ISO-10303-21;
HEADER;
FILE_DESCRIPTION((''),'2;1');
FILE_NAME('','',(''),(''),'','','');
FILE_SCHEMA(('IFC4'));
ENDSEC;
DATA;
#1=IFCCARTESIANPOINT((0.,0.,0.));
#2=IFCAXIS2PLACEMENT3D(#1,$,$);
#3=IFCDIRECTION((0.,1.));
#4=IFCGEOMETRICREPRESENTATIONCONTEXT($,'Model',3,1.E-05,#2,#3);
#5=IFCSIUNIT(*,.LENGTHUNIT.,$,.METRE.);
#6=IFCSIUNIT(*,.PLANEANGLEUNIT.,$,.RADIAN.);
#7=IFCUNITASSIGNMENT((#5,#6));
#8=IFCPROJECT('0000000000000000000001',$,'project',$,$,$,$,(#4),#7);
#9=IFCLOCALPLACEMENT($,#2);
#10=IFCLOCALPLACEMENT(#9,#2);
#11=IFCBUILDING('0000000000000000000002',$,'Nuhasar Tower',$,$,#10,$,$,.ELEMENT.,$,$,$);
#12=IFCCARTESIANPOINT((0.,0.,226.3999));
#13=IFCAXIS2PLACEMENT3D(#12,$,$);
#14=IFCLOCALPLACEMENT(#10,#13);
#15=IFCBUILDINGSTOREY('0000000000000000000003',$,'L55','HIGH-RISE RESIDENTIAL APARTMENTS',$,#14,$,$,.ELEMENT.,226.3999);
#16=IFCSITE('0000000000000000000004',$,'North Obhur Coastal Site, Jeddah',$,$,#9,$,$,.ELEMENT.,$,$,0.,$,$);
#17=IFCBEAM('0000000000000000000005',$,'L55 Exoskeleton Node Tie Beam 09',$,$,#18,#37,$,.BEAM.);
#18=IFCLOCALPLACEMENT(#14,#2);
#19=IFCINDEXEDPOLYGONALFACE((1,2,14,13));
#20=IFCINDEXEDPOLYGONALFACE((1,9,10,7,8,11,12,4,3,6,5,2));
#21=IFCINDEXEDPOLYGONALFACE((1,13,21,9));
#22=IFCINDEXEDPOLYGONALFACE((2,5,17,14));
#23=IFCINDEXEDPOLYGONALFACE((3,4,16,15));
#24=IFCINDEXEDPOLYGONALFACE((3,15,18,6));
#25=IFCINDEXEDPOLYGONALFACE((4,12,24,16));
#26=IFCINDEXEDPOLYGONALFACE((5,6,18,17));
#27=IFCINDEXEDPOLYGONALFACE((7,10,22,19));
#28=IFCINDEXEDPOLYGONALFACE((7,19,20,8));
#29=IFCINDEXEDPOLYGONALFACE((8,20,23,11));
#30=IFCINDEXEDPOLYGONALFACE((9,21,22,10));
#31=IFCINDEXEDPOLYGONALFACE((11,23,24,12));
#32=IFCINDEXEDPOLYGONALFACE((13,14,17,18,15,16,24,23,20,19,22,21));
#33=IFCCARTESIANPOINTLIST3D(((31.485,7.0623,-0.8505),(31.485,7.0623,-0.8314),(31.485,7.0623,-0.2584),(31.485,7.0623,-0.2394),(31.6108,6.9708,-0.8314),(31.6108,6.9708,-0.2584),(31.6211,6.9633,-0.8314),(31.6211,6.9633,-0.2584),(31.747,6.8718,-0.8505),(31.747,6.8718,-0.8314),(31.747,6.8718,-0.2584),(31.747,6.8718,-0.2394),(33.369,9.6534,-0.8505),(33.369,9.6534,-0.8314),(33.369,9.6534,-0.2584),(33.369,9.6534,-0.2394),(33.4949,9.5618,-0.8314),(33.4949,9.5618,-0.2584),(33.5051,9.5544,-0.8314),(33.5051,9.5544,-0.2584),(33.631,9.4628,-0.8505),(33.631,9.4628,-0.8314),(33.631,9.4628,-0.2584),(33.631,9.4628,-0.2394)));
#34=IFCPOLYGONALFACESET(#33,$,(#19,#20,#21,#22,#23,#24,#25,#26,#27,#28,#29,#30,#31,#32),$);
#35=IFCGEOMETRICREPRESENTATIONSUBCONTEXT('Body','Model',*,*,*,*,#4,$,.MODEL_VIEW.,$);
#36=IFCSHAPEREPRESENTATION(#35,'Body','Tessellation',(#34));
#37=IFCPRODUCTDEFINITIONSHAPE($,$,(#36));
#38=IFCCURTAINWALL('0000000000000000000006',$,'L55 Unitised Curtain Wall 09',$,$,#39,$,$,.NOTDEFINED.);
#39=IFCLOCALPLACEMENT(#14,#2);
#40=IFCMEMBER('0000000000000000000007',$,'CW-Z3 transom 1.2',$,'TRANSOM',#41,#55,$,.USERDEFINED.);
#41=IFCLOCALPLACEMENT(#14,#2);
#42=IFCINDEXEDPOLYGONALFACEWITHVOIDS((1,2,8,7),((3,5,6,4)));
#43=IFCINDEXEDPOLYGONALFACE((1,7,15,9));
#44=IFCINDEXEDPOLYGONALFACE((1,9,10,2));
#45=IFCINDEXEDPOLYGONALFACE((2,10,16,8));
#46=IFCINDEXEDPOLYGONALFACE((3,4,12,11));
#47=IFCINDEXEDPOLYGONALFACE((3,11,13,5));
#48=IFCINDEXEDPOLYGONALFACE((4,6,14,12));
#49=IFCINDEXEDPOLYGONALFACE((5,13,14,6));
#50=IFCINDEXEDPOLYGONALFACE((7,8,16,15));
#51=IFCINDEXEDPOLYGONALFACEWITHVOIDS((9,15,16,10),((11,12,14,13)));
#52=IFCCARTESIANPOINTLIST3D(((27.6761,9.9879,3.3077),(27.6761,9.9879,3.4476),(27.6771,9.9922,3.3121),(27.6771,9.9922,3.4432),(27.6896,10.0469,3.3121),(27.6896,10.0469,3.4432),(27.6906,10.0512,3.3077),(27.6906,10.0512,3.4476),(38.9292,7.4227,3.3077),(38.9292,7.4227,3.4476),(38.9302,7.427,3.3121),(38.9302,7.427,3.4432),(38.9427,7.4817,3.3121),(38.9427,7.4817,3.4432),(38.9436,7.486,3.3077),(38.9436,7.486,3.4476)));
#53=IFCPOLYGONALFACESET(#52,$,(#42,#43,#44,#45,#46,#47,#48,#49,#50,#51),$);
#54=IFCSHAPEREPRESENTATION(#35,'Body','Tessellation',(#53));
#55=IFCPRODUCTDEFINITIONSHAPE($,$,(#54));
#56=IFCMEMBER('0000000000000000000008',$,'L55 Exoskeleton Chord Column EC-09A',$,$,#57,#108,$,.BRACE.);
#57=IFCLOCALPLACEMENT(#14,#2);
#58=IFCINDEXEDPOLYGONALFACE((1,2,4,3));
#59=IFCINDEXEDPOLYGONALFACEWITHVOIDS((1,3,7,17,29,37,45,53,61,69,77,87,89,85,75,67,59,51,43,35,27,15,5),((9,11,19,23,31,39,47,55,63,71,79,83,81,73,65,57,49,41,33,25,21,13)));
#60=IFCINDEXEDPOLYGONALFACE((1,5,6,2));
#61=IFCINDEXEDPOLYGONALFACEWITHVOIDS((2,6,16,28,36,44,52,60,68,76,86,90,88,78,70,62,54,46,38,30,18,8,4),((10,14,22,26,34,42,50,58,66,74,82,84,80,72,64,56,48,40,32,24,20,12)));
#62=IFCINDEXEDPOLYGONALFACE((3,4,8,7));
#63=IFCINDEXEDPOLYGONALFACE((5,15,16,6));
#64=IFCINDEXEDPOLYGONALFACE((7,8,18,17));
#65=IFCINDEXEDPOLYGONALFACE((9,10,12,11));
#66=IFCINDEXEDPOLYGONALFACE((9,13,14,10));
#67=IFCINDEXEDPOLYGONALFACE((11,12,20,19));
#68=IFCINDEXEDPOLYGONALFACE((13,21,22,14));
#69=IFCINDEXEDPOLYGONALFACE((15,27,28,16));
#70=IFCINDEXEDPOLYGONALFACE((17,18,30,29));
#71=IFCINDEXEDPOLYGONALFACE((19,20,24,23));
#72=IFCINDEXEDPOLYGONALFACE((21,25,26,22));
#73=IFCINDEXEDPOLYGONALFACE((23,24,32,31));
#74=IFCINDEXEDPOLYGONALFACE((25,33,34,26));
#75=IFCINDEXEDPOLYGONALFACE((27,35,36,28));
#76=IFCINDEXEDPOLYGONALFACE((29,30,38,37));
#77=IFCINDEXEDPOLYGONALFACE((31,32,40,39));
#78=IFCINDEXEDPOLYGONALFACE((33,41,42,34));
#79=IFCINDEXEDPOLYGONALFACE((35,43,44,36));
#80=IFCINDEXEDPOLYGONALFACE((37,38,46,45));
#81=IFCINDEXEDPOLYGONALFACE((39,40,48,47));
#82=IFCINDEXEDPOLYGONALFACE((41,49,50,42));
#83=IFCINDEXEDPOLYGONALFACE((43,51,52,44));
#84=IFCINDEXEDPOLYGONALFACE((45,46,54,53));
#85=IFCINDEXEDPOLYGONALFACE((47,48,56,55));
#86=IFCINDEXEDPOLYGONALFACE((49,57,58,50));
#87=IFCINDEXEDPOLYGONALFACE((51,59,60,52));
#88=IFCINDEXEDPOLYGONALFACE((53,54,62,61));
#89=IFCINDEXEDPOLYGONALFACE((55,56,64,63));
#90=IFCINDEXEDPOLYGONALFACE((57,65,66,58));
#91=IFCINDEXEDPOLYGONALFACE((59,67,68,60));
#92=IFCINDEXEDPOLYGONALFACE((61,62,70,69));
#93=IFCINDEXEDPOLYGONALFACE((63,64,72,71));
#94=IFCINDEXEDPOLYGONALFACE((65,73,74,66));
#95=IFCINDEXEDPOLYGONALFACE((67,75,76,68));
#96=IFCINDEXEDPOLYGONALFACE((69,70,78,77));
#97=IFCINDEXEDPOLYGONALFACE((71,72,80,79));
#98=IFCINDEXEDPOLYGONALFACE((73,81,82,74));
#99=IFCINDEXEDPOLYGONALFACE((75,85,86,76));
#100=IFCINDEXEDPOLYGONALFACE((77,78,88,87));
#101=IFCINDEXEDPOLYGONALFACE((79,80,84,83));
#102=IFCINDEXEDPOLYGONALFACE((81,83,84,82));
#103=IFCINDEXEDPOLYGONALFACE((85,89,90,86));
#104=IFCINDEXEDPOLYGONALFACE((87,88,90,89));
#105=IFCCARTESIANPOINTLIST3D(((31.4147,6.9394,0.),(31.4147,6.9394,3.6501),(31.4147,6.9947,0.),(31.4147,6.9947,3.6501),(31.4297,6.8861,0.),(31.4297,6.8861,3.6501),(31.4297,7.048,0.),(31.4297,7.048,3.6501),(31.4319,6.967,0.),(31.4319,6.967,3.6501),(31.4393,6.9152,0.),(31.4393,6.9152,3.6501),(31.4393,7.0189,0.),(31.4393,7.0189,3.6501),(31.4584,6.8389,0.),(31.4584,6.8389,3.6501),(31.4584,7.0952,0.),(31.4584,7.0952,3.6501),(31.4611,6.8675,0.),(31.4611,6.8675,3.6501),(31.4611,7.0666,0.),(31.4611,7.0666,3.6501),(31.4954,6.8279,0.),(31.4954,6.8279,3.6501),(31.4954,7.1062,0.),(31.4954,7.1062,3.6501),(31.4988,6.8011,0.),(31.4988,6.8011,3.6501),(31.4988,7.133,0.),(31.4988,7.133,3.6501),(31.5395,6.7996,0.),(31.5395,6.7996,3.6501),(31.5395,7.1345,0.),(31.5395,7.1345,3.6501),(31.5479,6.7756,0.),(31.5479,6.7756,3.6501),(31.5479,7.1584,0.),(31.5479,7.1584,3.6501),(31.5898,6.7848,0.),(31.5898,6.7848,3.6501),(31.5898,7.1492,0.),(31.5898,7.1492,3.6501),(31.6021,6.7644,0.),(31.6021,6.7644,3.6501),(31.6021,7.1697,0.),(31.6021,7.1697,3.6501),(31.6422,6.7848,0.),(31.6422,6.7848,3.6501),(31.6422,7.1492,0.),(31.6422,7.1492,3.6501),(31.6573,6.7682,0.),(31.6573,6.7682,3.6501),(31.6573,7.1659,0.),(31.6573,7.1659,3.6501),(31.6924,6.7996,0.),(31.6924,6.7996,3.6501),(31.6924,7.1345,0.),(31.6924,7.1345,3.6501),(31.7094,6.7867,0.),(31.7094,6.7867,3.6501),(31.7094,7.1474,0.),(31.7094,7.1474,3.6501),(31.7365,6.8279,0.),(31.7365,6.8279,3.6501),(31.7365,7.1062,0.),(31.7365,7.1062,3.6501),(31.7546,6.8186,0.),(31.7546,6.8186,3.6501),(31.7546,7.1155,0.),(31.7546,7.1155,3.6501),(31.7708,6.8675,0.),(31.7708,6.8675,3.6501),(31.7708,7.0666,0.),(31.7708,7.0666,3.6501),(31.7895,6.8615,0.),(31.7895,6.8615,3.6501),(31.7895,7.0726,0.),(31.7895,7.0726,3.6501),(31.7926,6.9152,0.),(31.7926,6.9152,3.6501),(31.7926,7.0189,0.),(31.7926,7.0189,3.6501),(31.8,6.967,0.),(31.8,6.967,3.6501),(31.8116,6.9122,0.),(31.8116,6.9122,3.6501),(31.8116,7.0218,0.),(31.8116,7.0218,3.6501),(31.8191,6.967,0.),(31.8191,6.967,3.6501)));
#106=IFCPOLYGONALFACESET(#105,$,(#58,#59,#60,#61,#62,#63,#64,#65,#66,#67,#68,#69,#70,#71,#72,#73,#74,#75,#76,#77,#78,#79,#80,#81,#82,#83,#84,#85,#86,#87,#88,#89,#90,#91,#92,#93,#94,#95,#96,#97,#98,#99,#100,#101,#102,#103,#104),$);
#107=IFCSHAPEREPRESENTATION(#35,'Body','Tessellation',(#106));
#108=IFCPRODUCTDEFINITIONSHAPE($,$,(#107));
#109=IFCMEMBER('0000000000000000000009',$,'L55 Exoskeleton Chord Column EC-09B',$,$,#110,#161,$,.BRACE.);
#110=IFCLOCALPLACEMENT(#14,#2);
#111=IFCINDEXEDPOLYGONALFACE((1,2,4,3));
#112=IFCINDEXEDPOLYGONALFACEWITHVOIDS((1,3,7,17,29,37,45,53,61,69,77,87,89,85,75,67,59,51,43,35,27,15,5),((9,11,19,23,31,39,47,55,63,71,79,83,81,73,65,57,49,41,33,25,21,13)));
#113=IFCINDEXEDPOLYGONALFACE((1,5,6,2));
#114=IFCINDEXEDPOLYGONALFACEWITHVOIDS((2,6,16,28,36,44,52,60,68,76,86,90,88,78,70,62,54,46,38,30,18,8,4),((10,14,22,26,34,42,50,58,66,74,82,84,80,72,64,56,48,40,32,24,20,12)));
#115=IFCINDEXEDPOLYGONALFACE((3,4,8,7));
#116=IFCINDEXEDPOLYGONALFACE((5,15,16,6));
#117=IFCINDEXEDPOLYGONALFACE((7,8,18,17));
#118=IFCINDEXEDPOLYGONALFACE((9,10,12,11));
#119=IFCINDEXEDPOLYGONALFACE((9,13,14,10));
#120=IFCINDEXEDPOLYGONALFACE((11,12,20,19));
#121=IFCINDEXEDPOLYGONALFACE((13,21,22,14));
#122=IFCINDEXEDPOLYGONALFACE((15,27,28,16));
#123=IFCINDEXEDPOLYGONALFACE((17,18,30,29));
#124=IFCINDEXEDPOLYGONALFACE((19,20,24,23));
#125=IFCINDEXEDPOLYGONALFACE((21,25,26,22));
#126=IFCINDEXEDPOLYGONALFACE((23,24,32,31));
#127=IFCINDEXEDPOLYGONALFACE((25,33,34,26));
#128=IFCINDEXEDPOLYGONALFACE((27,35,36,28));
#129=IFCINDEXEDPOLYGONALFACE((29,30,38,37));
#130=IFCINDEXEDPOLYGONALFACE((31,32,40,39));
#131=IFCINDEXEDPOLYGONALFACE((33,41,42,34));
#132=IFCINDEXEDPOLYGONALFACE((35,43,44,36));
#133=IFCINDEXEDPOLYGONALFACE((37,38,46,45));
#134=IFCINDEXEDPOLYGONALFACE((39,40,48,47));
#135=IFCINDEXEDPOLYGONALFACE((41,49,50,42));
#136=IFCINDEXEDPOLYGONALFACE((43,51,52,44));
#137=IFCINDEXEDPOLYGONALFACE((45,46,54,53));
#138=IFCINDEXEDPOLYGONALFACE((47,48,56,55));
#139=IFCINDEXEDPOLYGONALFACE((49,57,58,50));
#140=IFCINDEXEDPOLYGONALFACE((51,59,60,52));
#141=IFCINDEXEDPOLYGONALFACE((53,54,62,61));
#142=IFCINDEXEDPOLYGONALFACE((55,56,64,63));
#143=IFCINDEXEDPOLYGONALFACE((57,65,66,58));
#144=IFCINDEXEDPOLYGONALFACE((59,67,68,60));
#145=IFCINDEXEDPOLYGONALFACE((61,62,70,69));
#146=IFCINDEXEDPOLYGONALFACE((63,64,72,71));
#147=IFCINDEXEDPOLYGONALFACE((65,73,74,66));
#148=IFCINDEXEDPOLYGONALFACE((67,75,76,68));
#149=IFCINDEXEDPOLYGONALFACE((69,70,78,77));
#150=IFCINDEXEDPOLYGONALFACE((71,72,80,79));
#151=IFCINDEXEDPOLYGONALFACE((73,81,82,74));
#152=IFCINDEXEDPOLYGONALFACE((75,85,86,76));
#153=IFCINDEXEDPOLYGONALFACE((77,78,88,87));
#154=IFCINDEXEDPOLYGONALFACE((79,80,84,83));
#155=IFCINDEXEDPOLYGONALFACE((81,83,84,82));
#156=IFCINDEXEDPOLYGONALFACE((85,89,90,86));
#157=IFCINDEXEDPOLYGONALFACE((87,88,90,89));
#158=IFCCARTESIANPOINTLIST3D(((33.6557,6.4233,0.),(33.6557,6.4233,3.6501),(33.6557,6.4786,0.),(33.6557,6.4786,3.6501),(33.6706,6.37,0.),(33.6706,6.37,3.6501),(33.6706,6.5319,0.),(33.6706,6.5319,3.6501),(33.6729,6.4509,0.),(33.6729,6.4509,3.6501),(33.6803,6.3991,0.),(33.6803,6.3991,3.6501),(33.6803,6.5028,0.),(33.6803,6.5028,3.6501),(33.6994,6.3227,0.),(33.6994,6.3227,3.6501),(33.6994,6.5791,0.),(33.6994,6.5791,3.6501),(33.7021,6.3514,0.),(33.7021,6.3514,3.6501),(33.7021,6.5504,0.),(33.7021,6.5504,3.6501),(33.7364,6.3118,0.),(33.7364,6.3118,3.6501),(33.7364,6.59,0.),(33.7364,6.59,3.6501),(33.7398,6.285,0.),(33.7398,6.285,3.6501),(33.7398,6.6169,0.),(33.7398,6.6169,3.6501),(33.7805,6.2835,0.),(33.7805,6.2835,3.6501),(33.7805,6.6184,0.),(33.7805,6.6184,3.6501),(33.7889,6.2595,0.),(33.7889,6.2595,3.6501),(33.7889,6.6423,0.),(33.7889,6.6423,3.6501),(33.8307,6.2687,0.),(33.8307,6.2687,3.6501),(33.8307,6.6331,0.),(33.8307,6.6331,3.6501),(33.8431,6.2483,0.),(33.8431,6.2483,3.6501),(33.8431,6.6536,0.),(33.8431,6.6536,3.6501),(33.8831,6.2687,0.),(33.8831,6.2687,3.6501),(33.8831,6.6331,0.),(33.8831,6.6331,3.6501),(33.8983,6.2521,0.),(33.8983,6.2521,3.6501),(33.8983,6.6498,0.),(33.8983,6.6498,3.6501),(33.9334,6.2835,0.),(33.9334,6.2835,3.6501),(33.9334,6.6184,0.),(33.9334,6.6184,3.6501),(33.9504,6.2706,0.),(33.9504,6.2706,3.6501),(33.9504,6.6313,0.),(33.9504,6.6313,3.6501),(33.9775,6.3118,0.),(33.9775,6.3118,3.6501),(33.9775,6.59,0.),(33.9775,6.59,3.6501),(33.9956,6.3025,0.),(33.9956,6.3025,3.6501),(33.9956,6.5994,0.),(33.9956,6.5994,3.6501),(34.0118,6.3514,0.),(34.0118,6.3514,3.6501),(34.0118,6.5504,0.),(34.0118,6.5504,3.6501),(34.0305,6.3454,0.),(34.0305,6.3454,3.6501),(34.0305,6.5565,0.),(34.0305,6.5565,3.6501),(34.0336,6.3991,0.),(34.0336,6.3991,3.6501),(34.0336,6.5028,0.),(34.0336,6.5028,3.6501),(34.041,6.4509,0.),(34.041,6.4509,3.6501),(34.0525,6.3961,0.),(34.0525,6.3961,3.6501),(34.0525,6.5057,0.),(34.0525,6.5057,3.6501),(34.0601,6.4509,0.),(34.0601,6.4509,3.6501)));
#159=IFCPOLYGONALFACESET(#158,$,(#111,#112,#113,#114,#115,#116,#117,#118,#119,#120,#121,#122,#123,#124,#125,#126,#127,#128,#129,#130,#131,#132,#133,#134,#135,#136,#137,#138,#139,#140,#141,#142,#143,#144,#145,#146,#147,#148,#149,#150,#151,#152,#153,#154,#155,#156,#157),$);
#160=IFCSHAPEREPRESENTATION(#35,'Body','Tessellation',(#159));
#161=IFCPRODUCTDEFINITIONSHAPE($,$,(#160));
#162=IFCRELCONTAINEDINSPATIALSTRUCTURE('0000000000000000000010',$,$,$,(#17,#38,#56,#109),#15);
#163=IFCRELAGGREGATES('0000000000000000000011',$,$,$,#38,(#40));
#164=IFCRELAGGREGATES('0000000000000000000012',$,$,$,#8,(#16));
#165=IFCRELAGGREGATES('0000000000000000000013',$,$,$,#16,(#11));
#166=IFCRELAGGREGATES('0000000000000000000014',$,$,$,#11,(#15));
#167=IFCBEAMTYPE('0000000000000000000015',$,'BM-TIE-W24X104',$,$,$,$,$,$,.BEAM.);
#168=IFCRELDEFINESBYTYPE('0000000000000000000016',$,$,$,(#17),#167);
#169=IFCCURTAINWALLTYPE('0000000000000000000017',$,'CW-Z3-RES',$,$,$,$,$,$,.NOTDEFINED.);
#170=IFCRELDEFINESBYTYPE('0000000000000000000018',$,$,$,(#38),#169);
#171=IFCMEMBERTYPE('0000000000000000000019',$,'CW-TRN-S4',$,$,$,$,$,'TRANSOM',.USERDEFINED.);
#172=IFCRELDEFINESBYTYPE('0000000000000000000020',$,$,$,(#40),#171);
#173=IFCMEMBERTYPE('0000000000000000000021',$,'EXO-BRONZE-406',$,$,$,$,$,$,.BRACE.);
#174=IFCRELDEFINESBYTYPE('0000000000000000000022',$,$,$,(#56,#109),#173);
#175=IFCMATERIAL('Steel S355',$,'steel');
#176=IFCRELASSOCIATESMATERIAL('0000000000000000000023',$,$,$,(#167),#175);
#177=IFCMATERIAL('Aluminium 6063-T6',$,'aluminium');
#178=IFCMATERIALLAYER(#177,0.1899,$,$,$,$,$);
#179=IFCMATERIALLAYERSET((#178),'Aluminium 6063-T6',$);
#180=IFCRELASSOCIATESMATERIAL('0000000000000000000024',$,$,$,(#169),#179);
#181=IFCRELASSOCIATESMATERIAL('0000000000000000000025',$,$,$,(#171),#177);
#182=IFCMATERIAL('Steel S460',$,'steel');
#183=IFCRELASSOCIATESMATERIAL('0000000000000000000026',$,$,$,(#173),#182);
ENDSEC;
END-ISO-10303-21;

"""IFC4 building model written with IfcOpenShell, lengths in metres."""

from ifc_helpers import new_model, si_unit, direction, frame, origin, origin_2d, place, context, subcontext, project, spatial, hollow_rectangle, hollow_circle, i_section, extrude, material, layer, layer_set, material_profile, profile_set, type_object, element, aggregate, save


model = new_model("IFC4")

# Units and contexts
model_context = context("Model", 3, precision=1e-05, world=origin(), true_north=direction((0.0, 1.0)))
body_context = subcontext(model_context, "Body", "Model", "MODEL_VIEW")
ifc_project = project(units=[si_unit("LENGTHUNIT", "METRE"), si_unit("PLANEANGLEUNIT", "RADIAN")], contexts=[model_context])

# Site, building, storey
site_placement = place(None, origin())
site = spatial("IfcSite", under=ifc_project, at=site_placement, Name="North Obhur Coastal Site, Jeddah", CompositionType="ELEMENT", RefElevation=0.0)
building_placement = place(site_placement, origin())
building = spatial("IfcBuilding", under=site, at=building_placement, Name="Nuhasar Tower", CompositionType="ELEMENT")
storey_placement = place(building_placement, frame((0.0, 0.0, 226.3999)))
storey = spatial("IfcBuildingStorey", under=building, at=storey_placement, Name="L55", Description="HIGH-RISE RESIDENTIAL APARTMENTS", CompositionType="ELEMENT", Elevation=226.3999)

# Beam
ifc_material_1 = material(Name="Steel S355", Category="steel")
ifc_material_profile_1 = material_profile(ifc_material_1, i_section(OverallWidth=0.324, OverallDepth=0.6111, WebThickness=0.0127, FlangeThickness=0.019, at=origin_2d()), Name="W24X104")
ifc_profile_set_1 = profile_set([ifc_material_profile_1], Name="Steel S355")
beam_type_1 = type_object("IfcBeamType", Name="BM-TIE-W24X104", PredefinedType="BEAM", material=ifc_profile_set_1)
beam_1_placement = place(storey_placement, frame((33.5, 9.5581, -0.5449), z_axis=(-0.588095, -0.808792, 0.0), x_axis=(0.808792, -0.588095, 0.0)))
element("IfcBeam", 1, at=beam_1_placement, inside=storey, type_object=beam_type_1, Name="L55 Exoskeleton Node Tie Beam 09", PredefinedType="BEAM", context=body_context, shape_type="SweptSolid", body=[
    extrude(i_section(OverallWidth=0.324, OverallDepth=0.6111, WebThickness=0.0127, FlangeThickness=0.019, at=origin_2d()), origin(), (0.0, 0.0, 1.0), 3.2036),
])

# Curtain wall, member
ifc_material_2 = material(Name="Aluminium 6063-T6", Category="aluminium")
ifc_layer_1 = layer(ifc_material_2, 0.1899)
ifc_layer_set_1 = layer_set([ifc_layer_1], Name="Aluminium 6063-T6")
curtain_wall_type = type_object("IfcCurtainWallType", Name="CW-Z3-RES", PredefinedType="NOTDEFINED", material=ifc_layer_set_1)
curtain_wall_placement = place(storey_placement, origin())
curtain_wall = element("IfcCurtainWall", 2, at=curtain_wall_placement, inside=storey, type_object=curtain_wall_type, Name="L55 Unitised Curtain Wall 09", PredefinedType="NOTDEFINED")
ifc_material_profile_2 = material_profile(ifc_material_2, hollow_rectangle(XDim=0.0649, YDim=0.1399, WallThickness=0.0044, at=origin_2d()), Name="CWT-4")
ifc_profile_set_2 = profile_set([ifc_material_profile_2], Name="Aluminium 6063-T6")
member_type_1 = type_object("IfcMemberType", Name="CW-TRN-S4", ElementType="TRANSOM", PredefinedType="USERDEFINED", material=ifc_profile_set_2)
member_1_placement = place(storey_placement, frame((27.6833, 10.0195, 3.3777), z_axis=(0.974989, -0.222251, 0.0), x_axis=(0.222251, 0.974989, 0.0)))
member_1 = element("IfcMember", 3, at=member_1_placement, type_object=member_type_1, Name="CW-Z3 transom 1.2", ObjectType="TRANSOM", PredefinedType="USERDEFINED", context=body_context, shape_type="SweptSolid", body=[
    extrude(hollow_rectangle(XDim=0.0649, YDim=0.1399, WallThickness=0.0044, at=origin_2d()), origin(), (0.0, 0.0, 1.0), 11.5417),
])

# Members
ifc_material_3 = material(Name="Steel S460", Category="steel")
ifc_material_profile_3 = material_profile(ifc_material_3, hollow_circle(Radius=0.2031, WallThickness=0.019, at=origin_2d()), Name="HSS406.4X19.1")
ifc_profile_set_3 = profile_set([ifc_material_profile_3], Name="Steel S460")
member_type_2 = type_object("IfcMemberType", Name="EXO-BRONZE-406", PredefinedType="BRACE", material=ifc_profile_set_3)
for number, where, z_axis, x_axis, name in (
    (4, (31.616, 6.967, 0.0), (0.0, 0.0, 1.0), (1.0, 0.0, 0.0), "L55 Exoskeleton Chord Column EC-09A"),
    (5, (33.8569, 6.4509, 0.0), (0.0, 0.0, 1.0), (1.0, 0.0, 0.0), "L55 Exoskeleton Chord Column EC-09B"),
):
    element("IfcMember", number, at=place(storey_placement, frame(where, z_axis=z_axis, x_axis=x_axis)), inside=storey, type_object=member_type_2, Name=name, PredefinedType="BRACE", context=body_context, shape_type="SweptSolid", body=[
        extrude(hollow_circle(Radius=0.2031, WallThickness=0.019, at=origin_2d()), origin(), (0.0, 0.0, 1.0), 3.6501),
    ])

aggregate(curtain_wall, [member_1])

save(model, "model.ifc")
